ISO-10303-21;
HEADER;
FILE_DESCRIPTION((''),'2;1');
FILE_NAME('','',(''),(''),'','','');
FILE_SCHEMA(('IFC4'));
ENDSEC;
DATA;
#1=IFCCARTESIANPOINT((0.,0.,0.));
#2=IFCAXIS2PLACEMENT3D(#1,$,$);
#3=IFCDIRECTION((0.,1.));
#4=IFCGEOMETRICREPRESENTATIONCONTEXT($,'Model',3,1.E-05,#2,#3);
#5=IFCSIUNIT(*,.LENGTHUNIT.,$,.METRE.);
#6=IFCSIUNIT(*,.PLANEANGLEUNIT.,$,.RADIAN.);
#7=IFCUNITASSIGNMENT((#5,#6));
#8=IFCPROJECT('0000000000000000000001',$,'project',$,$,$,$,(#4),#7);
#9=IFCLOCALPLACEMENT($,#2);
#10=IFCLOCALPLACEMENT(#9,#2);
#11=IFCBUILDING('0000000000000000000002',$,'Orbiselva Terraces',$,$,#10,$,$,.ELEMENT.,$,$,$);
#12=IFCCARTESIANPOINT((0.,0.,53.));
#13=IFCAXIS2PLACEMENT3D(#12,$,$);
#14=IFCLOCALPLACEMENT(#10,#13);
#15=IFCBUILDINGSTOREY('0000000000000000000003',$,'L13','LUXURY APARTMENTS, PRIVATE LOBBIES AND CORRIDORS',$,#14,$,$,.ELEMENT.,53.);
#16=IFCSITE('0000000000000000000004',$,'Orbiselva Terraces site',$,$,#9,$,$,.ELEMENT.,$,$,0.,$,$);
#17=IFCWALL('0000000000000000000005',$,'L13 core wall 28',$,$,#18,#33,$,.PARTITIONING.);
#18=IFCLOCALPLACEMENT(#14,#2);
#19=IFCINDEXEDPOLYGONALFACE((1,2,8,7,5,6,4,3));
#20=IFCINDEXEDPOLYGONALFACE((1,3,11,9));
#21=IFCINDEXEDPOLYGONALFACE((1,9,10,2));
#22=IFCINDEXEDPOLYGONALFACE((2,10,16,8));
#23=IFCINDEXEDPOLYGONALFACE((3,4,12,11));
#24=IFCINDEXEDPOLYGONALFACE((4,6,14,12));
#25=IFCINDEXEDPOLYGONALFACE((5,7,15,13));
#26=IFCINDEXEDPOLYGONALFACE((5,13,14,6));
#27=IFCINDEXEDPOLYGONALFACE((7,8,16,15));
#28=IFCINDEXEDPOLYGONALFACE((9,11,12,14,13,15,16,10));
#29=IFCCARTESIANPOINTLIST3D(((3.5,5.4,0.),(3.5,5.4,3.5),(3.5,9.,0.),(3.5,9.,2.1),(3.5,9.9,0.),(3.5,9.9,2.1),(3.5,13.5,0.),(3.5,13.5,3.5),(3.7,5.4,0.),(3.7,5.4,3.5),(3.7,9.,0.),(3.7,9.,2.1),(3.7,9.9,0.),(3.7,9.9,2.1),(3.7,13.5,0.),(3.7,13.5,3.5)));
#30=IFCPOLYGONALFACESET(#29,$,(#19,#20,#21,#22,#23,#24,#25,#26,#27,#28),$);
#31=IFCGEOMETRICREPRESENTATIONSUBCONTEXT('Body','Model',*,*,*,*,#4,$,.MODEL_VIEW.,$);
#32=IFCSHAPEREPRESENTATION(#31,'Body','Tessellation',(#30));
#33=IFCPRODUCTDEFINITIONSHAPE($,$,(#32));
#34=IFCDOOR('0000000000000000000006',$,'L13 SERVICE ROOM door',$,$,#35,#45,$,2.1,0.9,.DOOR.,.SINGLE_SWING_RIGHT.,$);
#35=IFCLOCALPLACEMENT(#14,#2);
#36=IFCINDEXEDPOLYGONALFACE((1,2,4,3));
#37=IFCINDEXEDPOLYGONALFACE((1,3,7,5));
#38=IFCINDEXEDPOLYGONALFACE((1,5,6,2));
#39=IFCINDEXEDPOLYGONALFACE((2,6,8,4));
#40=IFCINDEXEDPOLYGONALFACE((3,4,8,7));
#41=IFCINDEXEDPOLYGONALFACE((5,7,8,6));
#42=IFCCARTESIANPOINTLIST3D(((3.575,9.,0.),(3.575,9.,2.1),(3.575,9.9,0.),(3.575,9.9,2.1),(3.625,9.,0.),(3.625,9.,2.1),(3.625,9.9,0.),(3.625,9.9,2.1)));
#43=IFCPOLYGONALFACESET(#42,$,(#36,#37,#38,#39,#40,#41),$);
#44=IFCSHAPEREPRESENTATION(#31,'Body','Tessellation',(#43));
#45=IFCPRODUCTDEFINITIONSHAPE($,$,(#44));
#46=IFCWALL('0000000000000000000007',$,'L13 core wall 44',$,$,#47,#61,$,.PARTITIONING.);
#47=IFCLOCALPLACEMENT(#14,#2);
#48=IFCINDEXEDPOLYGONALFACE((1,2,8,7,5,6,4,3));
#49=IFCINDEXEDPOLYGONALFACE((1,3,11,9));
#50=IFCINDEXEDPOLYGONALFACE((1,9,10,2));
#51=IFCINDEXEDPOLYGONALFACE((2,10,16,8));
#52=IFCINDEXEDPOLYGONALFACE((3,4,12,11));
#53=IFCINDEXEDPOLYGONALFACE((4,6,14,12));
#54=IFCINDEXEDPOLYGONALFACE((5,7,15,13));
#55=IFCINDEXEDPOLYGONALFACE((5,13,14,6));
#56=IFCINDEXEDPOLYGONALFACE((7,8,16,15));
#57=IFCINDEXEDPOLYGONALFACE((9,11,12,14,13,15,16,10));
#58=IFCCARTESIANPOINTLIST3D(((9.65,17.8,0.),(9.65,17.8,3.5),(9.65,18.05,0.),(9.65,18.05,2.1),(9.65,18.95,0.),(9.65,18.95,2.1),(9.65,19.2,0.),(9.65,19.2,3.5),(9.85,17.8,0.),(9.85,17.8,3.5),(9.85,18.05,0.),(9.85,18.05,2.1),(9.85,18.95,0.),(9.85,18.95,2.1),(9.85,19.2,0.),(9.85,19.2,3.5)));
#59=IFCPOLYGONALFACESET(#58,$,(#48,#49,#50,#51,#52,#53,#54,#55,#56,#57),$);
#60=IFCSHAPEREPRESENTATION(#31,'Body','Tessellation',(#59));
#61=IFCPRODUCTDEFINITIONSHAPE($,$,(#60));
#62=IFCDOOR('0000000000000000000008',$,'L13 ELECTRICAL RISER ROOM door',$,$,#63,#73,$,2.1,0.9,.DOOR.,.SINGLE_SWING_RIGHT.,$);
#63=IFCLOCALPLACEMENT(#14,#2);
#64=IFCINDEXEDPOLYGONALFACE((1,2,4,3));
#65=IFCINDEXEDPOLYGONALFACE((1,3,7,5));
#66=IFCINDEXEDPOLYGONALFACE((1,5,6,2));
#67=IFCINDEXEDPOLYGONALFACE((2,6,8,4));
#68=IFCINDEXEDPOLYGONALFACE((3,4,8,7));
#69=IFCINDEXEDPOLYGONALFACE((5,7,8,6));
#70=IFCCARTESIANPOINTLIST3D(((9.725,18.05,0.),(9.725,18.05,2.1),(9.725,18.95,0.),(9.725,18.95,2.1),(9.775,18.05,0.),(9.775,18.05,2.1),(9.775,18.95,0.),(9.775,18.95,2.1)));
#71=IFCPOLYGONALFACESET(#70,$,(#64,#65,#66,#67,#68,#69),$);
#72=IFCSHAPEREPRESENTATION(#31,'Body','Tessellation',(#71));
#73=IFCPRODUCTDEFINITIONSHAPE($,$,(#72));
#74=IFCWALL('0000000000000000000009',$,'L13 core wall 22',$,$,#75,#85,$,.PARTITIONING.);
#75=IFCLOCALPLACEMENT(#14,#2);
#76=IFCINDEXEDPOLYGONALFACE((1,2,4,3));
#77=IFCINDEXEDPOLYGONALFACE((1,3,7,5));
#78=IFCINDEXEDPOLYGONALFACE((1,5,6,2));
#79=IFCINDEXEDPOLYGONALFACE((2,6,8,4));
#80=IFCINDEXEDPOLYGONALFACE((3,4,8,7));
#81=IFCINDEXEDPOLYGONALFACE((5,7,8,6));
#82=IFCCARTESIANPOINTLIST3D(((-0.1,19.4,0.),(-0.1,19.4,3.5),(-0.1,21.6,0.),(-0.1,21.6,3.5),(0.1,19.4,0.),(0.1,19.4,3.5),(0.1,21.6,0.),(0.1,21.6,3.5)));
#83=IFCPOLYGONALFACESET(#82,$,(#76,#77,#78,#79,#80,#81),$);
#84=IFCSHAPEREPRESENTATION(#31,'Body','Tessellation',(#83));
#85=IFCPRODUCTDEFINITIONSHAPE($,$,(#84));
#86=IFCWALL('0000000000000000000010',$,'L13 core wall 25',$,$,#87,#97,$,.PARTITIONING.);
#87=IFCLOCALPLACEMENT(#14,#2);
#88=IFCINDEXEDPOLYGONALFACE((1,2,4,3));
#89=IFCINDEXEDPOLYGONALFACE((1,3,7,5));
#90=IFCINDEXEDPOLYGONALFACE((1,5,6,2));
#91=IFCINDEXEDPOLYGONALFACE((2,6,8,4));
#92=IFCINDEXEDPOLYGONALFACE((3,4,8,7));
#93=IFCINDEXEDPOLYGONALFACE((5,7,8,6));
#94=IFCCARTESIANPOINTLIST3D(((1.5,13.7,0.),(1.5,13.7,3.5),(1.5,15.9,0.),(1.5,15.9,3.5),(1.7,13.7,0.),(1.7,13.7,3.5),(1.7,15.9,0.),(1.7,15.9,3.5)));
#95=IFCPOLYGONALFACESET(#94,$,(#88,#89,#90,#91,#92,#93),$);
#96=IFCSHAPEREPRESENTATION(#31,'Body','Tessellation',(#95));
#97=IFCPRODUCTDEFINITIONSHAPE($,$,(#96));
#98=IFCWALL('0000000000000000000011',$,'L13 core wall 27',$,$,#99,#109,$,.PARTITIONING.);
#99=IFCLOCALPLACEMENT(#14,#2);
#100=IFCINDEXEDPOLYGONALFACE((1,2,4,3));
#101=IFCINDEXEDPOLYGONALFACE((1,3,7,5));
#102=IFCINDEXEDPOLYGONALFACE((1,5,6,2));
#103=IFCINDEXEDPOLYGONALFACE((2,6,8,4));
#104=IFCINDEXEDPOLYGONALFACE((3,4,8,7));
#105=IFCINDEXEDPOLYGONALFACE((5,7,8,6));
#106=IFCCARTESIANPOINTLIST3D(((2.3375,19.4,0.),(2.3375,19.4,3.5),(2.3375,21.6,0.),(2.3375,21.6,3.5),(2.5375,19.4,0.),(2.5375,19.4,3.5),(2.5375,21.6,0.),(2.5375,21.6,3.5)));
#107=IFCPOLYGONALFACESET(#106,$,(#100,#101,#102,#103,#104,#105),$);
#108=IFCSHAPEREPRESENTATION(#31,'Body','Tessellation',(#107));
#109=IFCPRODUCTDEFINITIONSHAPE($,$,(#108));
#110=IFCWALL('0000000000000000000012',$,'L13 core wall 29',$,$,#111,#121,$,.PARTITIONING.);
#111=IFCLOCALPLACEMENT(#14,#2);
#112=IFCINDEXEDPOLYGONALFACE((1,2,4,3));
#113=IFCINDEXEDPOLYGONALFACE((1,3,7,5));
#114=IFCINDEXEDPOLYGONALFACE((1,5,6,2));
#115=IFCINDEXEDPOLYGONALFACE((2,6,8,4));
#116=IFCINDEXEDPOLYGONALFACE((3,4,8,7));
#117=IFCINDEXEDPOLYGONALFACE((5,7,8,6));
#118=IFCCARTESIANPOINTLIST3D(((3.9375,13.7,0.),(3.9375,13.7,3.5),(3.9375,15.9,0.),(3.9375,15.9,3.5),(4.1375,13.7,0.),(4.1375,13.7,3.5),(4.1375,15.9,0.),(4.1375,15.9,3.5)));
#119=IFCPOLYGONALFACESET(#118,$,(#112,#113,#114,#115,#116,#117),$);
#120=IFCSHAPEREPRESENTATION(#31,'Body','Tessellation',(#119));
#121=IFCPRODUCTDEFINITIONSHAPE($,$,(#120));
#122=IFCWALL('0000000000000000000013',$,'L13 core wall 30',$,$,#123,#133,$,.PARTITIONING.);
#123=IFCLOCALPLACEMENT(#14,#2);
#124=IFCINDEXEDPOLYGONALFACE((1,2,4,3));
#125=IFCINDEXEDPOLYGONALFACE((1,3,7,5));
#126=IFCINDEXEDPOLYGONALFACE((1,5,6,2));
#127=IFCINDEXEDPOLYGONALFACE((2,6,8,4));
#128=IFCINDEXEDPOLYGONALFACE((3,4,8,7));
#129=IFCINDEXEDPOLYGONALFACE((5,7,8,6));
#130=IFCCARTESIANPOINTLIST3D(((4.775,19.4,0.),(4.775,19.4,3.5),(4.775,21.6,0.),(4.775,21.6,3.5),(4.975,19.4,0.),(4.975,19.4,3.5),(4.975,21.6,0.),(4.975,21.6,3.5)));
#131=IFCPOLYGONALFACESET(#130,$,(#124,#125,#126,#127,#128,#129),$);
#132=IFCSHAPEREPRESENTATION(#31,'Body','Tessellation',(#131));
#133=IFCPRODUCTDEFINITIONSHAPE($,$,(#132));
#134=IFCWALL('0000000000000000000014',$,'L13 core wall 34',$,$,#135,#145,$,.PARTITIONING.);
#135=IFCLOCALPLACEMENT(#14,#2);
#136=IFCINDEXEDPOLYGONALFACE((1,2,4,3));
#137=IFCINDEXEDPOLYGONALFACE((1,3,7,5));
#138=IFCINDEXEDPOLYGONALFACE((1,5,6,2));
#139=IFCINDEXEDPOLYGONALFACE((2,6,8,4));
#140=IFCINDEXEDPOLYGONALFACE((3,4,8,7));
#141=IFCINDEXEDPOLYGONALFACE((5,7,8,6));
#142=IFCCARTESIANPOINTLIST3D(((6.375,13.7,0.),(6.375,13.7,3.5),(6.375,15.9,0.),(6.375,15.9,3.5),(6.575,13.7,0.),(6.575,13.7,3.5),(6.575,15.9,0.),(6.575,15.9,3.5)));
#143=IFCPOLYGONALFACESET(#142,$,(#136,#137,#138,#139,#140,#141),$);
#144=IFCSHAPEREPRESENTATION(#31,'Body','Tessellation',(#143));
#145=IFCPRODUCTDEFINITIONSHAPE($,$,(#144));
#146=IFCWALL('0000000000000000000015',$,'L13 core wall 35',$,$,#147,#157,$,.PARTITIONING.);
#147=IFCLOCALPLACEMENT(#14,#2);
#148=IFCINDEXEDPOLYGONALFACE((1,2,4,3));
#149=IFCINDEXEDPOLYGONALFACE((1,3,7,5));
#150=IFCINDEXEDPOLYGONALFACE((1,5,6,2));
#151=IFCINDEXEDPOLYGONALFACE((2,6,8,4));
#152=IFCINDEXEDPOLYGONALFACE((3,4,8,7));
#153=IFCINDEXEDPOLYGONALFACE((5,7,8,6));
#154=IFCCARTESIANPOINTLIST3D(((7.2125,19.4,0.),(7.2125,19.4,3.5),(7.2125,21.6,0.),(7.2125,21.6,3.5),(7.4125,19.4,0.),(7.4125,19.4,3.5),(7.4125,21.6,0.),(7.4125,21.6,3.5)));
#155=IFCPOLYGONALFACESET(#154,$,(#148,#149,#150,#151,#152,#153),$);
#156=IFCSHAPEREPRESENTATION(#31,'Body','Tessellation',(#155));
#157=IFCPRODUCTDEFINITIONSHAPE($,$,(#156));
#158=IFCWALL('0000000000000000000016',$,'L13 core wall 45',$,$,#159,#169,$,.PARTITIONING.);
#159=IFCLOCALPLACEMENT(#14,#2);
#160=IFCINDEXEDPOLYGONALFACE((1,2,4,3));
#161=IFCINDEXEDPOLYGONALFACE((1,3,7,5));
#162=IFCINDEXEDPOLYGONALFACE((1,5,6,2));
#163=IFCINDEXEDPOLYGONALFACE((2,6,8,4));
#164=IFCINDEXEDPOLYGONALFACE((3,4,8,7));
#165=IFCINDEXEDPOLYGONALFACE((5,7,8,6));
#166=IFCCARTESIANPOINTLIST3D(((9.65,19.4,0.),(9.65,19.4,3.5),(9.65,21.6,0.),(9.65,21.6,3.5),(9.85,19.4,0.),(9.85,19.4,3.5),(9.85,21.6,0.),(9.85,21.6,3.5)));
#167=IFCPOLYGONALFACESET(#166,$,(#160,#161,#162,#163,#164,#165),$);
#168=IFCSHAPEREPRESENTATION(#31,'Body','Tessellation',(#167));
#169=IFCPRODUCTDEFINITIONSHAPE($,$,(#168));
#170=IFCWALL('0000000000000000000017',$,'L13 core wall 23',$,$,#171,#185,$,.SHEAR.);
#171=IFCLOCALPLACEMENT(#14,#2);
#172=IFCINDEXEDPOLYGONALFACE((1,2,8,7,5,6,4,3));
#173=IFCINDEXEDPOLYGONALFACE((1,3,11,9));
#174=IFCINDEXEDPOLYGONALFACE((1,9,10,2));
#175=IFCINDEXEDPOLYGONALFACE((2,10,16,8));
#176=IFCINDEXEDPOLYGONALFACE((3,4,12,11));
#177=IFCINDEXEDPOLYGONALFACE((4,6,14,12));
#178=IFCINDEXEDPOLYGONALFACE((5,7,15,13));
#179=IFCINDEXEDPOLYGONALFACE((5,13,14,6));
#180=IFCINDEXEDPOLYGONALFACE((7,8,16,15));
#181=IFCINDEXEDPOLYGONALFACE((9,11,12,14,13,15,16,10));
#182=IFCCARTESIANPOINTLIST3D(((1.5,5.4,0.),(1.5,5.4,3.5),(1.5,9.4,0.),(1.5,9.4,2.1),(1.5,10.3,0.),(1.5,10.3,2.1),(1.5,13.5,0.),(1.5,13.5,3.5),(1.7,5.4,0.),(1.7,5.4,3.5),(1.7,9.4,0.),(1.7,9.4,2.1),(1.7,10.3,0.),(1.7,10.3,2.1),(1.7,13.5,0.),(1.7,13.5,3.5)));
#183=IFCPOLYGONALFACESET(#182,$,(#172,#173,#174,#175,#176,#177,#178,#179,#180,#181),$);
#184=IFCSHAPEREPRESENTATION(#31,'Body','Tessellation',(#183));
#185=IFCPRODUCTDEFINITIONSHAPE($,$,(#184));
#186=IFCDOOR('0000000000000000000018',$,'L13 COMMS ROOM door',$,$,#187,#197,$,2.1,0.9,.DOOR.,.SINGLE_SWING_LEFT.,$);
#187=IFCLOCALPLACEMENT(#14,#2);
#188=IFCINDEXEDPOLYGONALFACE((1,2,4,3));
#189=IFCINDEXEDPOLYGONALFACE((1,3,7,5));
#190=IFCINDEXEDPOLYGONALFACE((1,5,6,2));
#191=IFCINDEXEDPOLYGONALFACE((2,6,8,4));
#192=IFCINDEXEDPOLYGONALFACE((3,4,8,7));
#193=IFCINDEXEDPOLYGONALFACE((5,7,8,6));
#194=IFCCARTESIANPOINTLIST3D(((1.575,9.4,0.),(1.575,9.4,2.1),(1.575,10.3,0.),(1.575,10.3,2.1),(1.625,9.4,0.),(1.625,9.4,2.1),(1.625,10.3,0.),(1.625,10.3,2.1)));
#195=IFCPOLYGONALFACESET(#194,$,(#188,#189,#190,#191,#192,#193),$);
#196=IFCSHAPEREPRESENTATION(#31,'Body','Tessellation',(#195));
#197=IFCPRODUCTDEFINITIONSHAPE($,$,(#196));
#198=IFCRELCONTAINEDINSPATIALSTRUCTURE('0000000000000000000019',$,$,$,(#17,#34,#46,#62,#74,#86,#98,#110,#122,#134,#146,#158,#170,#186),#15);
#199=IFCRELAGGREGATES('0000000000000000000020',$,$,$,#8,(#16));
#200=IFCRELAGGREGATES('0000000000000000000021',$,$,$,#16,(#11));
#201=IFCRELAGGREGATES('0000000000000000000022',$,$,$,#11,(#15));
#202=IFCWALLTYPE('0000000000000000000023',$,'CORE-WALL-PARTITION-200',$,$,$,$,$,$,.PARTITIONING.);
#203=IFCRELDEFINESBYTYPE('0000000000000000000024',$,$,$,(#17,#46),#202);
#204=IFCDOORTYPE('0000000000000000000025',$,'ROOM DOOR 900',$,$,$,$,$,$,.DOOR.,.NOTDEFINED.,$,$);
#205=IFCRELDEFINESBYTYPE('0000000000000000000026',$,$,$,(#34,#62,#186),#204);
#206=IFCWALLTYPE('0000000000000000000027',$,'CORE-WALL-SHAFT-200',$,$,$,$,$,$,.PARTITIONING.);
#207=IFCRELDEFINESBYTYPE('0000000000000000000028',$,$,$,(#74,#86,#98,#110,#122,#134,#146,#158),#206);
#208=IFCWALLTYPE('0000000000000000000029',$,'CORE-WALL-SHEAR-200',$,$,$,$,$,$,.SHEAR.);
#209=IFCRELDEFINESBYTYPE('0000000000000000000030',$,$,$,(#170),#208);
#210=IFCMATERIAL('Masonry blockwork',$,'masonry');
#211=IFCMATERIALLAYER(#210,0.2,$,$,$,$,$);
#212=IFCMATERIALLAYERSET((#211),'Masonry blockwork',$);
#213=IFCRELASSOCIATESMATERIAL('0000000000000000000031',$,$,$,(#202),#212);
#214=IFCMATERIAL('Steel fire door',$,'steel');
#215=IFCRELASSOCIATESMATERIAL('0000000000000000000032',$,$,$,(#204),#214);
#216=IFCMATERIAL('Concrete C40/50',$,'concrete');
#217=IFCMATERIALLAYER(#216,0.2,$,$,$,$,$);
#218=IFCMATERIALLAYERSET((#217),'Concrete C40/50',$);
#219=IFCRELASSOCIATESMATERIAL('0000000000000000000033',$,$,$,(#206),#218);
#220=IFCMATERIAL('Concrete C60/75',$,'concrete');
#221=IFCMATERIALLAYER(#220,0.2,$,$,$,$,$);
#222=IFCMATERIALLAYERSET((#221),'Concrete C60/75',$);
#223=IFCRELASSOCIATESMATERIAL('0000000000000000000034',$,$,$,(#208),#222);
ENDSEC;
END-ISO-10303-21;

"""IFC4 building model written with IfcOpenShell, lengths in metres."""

from ifc_helpers import new_model, si_unit, direction, frame, frame_2d, origin, place, context, subcontext, project, spatial, rectangle, extrude, material, layer, layer_set, type_object, element, fill, save


model = new_model("IFC4")

# Units and contexts
model_context = context("Model", 3, precision=1e-05, world=origin(), true_north=direction((0.0, 1.0)))
body_context = subcontext(model_context, "Body", "Model", "MODEL_VIEW")
ifc_project = project(units=[si_unit("LENGTHUNIT", "METRE"), si_unit("PLANEANGLEUNIT", "RADIAN")], contexts=[model_context])

# Site, building, storey
site_placement = place(None, origin())
site = spatial("IfcSite", under=ifc_project, at=site_placement, Name="Orbiselva Terraces site", CompositionType="ELEMENT", RefElevation=0.0)
building_placement = place(site_placement, origin())
building = spatial("IfcBuilding", under=site, at=building_placement, Name="Orbiselva Terraces", CompositionType="ELEMENT")
storey_placement = place(building_placement, frame((0.0, 0.0, 53.0)))
storey = spatial("IfcBuildingStorey", under=building, at=storey_placement, Name="L13", Description="LUXURY APARTMENTS, PRIVATE LOBBIES AND CORRIDORS", CompositionType="ELEMENT", Elevation=53.0)

# Walls, openings, doors
ifc_material_1 = material(Name="Masonry blockwork", Category="masonry")
ifc_layer_1 = layer(ifc_material_1, 0.2)
ifc_layer_set_1 = layer_set([ifc_layer_1], Name="Masonry blockwork")
wall_type_1 = type_object("IfcWallType", Name="CORE-WALL-PARTITION-200", PredefinedType="PARTITIONING", material=ifc_layer_set_1)
wall_1_placement = place(storey_placement, frame((3.6, 13.5, 0.0), z_axis=(0.0, 0.0, 1.0), x_axis=(0.0, -1.0, 0.0)))
wall_1 = element("IfcWall", 1, at=wall_1_placement, inside=storey, type_object=wall_type_1, Name="L13 core wall 28", PredefinedType="PARTITIONING", context=body_context, shape_type="SweptSolid", body=[
    extrude(rectangle(XDim=8.1, YDim=0.2, at=frame_2d((4.05, 0.0))), origin(), (0.0, 0.0, 1.0), 3.5),
])
opening_1_placement = place(wall_1_placement, frame((3.6, 0.0, 0.0)))
opening_1 = element("IfcOpeningElement", 2, at=opening_1_placement, cuts=wall_1, PredefinedType="OPENING", context=body_context, shape_type="SweptSolid", body=[
    extrude(rectangle(XDim=0.9, YDim=2.1, at=frame_2d((0.45, 1.05))), frame((0.0, 0.11, 0.0), z_axis=(0.0, -1.0, 0.0), x_axis=(1.0, 0.0, 0.0)), (0.0, 0.0, 1.0), 0.22),
])
ifc_material_2 = material(Name="Steel fire door", Category="steel")
door_type = type_object("IfcDoorType", Name="ROOM DOOR 900", OperationType="NOTDEFINED", PredefinedType="DOOR", material=ifc_material_2)
door_1_placement = place(opening_1_placement, origin())
door_1 = element("IfcDoor", 3, at=door_1_placement, inside=storey, type_object=door_type, Name="L13 SERVICE ROOM door", OperationType="SINGLE_SWING_RIGHT", OverallHeight=2.1, OverallWidth=0.9, PredefinedType="DOOR", context=body_context, shape_type="SweptSolid", body=[
    extrude(rectangle(XDim=0.9, YDim=2.1, at=frame_2d((0.45, 1.05))), frame((0.0, 0.025, 0.0), z_axis=(0.0, -1.0, 0.0), x_axis=(1.0, 0.0, 0.0)), (0.0, 0.0, 1.0), 0.05),
])
fill(opening_1, door_1)
wall_2_placement = place(storey_placement, frame((9.75, 19.2, 0.0), z_axis=(0.0, 0.0, 1.0), x_axis=(0.0, -1.0, 0.0)))
wall_2 = element("IfcWall", 4, at=wall_2_placement, inside=storey, type_object=wall_type_1, Name="L13 core wall 44", PredefinedType="PARTITIONING", context=body_context, shape_type="SweptSolid", body=[
    extrude(rectangle(XDim=1.4, YDim=0.2, at=frame_2d((0.7, 0.0))), origin(), (0.0, 0.0, 1.0), 3.5),
])
opening_2_placement = place(wall_2_placement, frame((0.25, 0.0, 0.0)))
opening_2 = element("IfcOpeningElement", 5, at=opening_2_placement, cuts=wall_2, PredefinedType="OPENING", context=body_context, shape_type="SweptSolid", body=[
    extrude(rectangle(XDim=0.9, YDim=2.1, at=frame_2d((0.45, 1.05))), frame((0.0, 0.11, 0.0), z_axis=(0.0, -1.0, 0.0), x_axis=(1.0, 0.0, 0.0)), (0.0, 0.0, 1.0), 0.22),
])
door_2_placement = place(opening_2_placement, origin())
door_2 = element("IfcDoor", 6, at=door_2_placement, inside=storey, type_object=door_type, Name="L13 ELECTRICAL RISER ROOM door", OperationType="SINGLE_SWING_RIGHT", OverallHeight=2.1, OverallWidth=0.9, PredefinedType="DOOR", context=body_context, shape_type="SweptSolid", body=[
    extrude(rectangle(XDim=0.9, YDim=2.1, at=frame_2d((0.45, 1.05))), frame((0.0, 0.025, 0.0), z_axis=(0.0, -1.0, 0.0), x_axis=(1.0, 0.0, 0.0)), (0.0, 0.0, 1.0), 0.05),
])
fill(opening_2, door_2)

# Walls
ifc_material_3 = material(Name="Concrete C40/50", Category="concrete")
ifc_layer_2 = layer(ifc_material_3, 0.2)
ifc_layer_set_2 = layer_set([ifc_layer_2], Name="Concrete C40/50")
wall_type_2 = type_object("IfcWallType", Name="CORE-WALL-SHAFT-200", PredefinedType="PARTITIONING", material=ifc_layer_set_2)
for number, where, z_axis, x_axis, name in (
    (7, (0.0, 19.4, 0.0), (0.0, 0.0, 1.0), (0.0, 1.0, 0.0), "L13 core wall 22"),
    (8, (1.6, 13.7, 0.0), (0.0, 0.0, 1.0), (0.0, 1.0, 0.0), "L13 core wall 25"),
    (9, (2.4375, 19.4, 0.0), (0.0, 0.0, 1.0), (0.0, 1.0, 0.0), "L13 core wall 27"),
    (10, (4.0375, 13.7, 0.0), (0.0, 0.0, 1.0), (0.0, 1.0, 0.0), "L13 core wall 29"),
    (11, (4.875, 19.4, 0.0), (0.0, 0.0, 1.0), (0.0, 1.0, 0.0), "L13 core wall 30"),
    (12, (6.475, 13.7, 0.0), (0.0, 0.0, 1.0), (0.0, 1.0, 0.0), "L13 core wall 34"),
    (13, (7.3125, 19.4, 0.0), (0.0, 0.0, 1.0), (0.0, 1.0, 0.0), "L13 core wall 35"),
    (14, (9.75, 19.4, 0.0), (0.0, 0.0, 1.0), (0.0, 1.0, 0.0), "L13 core wall 45"),
):
    element("IfcWall", number, at=place(storey_placement, frame(where, z_axis=z_axis, x_axis=x_axis)), inside=storey, type_object=wall_type_2, Name=name, PredefinedType="PARTITIONING", context=body_context, shape_type="SweptSolid", body=[
        extrude(rectangle(XDim=2.2, YDim=0.2, at=frame_2d((1.1, 0.0))), origin(), (0.0, 0.0, 1.0), 3.5),
    ])

# Wall, opening, door
ifc_material_4 = material(Name="Concrete C60/75", Category="concrete")
ifc_layer_3 = layer(ifc_material_4, 0.2)
ifc_layer_set_3 = layer_set([ifc_layer_3], Name="Concrete C60/75")
wall_type_3 = type_object("IfcWallType", Name="CORE-WALL-SHEAR-200", PredefinedType="SHEAR", material=ifc_layer_set_3)
wall_3_placement = place(storey_placement, frame((1.6, 13.5, 0.0), z_axis=(0.0, 0.0, 1.0), x_axis=(0.0, -1.0, 0.0)))
wall_3 = element("IfcWall", 15, at=wall_3_placement, inside=storey, type_object=wall_type_3, Name="L13 core wall 23", PredefinedType="SHEAR", context=body_context, shape_type="SweptSolid", body=[
    extrude(rectangle(XDim=8.1, YDim=0.2, at=frame_2d((4.05, 0.0))), origin(), (0.0, 0.0, 1.0), 3.5),
])
opening_3_placement = place(wall_3_placement, frame((3.2, 0.0, 0.0)))
opening_3 = element("IfcOpeningElement", 16, at=opening_3_placement, cuts=wall_3, PredefinedType="OPENING", context=body_context, shape_type="SweptSolid", body=[
    extrude(rectangle(XDim=0.9, YDim=2.1, at=frame_2d((0.45, 1.05))), frame((0.0, 0.11, 0.0), z_axis=(0.0, -1.0, 0.0), x_axis=(1.0, 0.0, 0.0)), (0.0, 0.0, 1.0), 0.22),
])
door_3_placement = place(opening_3_placement, origin())
door_3 = element("IfcDoor", 17, at=door_3_placement, inside=storey, type_object=door_type, Name="L13 COMMS ROOM door", OperationType="SINGLE_SWING_LEFT", OverallHeight=2.1, OverallWidth=0.9, PredefinedType="DOOR", context=body_context, shape_type="SweptSolid", body=[
    extrude(rectangle(XDim=0.9, YDim=2.1, at=frame_2d((0.45, 1.05))), frame((0.0, 0.025, 0.0), z_axis=(0.0, -1.0, 0.0), x_axis=(1.0, 0.0, 0.0)), (0.0, 0.0, 1.0), 0.05),
])
fill(opening_3, door_3)

save(model, "model.ifc")
